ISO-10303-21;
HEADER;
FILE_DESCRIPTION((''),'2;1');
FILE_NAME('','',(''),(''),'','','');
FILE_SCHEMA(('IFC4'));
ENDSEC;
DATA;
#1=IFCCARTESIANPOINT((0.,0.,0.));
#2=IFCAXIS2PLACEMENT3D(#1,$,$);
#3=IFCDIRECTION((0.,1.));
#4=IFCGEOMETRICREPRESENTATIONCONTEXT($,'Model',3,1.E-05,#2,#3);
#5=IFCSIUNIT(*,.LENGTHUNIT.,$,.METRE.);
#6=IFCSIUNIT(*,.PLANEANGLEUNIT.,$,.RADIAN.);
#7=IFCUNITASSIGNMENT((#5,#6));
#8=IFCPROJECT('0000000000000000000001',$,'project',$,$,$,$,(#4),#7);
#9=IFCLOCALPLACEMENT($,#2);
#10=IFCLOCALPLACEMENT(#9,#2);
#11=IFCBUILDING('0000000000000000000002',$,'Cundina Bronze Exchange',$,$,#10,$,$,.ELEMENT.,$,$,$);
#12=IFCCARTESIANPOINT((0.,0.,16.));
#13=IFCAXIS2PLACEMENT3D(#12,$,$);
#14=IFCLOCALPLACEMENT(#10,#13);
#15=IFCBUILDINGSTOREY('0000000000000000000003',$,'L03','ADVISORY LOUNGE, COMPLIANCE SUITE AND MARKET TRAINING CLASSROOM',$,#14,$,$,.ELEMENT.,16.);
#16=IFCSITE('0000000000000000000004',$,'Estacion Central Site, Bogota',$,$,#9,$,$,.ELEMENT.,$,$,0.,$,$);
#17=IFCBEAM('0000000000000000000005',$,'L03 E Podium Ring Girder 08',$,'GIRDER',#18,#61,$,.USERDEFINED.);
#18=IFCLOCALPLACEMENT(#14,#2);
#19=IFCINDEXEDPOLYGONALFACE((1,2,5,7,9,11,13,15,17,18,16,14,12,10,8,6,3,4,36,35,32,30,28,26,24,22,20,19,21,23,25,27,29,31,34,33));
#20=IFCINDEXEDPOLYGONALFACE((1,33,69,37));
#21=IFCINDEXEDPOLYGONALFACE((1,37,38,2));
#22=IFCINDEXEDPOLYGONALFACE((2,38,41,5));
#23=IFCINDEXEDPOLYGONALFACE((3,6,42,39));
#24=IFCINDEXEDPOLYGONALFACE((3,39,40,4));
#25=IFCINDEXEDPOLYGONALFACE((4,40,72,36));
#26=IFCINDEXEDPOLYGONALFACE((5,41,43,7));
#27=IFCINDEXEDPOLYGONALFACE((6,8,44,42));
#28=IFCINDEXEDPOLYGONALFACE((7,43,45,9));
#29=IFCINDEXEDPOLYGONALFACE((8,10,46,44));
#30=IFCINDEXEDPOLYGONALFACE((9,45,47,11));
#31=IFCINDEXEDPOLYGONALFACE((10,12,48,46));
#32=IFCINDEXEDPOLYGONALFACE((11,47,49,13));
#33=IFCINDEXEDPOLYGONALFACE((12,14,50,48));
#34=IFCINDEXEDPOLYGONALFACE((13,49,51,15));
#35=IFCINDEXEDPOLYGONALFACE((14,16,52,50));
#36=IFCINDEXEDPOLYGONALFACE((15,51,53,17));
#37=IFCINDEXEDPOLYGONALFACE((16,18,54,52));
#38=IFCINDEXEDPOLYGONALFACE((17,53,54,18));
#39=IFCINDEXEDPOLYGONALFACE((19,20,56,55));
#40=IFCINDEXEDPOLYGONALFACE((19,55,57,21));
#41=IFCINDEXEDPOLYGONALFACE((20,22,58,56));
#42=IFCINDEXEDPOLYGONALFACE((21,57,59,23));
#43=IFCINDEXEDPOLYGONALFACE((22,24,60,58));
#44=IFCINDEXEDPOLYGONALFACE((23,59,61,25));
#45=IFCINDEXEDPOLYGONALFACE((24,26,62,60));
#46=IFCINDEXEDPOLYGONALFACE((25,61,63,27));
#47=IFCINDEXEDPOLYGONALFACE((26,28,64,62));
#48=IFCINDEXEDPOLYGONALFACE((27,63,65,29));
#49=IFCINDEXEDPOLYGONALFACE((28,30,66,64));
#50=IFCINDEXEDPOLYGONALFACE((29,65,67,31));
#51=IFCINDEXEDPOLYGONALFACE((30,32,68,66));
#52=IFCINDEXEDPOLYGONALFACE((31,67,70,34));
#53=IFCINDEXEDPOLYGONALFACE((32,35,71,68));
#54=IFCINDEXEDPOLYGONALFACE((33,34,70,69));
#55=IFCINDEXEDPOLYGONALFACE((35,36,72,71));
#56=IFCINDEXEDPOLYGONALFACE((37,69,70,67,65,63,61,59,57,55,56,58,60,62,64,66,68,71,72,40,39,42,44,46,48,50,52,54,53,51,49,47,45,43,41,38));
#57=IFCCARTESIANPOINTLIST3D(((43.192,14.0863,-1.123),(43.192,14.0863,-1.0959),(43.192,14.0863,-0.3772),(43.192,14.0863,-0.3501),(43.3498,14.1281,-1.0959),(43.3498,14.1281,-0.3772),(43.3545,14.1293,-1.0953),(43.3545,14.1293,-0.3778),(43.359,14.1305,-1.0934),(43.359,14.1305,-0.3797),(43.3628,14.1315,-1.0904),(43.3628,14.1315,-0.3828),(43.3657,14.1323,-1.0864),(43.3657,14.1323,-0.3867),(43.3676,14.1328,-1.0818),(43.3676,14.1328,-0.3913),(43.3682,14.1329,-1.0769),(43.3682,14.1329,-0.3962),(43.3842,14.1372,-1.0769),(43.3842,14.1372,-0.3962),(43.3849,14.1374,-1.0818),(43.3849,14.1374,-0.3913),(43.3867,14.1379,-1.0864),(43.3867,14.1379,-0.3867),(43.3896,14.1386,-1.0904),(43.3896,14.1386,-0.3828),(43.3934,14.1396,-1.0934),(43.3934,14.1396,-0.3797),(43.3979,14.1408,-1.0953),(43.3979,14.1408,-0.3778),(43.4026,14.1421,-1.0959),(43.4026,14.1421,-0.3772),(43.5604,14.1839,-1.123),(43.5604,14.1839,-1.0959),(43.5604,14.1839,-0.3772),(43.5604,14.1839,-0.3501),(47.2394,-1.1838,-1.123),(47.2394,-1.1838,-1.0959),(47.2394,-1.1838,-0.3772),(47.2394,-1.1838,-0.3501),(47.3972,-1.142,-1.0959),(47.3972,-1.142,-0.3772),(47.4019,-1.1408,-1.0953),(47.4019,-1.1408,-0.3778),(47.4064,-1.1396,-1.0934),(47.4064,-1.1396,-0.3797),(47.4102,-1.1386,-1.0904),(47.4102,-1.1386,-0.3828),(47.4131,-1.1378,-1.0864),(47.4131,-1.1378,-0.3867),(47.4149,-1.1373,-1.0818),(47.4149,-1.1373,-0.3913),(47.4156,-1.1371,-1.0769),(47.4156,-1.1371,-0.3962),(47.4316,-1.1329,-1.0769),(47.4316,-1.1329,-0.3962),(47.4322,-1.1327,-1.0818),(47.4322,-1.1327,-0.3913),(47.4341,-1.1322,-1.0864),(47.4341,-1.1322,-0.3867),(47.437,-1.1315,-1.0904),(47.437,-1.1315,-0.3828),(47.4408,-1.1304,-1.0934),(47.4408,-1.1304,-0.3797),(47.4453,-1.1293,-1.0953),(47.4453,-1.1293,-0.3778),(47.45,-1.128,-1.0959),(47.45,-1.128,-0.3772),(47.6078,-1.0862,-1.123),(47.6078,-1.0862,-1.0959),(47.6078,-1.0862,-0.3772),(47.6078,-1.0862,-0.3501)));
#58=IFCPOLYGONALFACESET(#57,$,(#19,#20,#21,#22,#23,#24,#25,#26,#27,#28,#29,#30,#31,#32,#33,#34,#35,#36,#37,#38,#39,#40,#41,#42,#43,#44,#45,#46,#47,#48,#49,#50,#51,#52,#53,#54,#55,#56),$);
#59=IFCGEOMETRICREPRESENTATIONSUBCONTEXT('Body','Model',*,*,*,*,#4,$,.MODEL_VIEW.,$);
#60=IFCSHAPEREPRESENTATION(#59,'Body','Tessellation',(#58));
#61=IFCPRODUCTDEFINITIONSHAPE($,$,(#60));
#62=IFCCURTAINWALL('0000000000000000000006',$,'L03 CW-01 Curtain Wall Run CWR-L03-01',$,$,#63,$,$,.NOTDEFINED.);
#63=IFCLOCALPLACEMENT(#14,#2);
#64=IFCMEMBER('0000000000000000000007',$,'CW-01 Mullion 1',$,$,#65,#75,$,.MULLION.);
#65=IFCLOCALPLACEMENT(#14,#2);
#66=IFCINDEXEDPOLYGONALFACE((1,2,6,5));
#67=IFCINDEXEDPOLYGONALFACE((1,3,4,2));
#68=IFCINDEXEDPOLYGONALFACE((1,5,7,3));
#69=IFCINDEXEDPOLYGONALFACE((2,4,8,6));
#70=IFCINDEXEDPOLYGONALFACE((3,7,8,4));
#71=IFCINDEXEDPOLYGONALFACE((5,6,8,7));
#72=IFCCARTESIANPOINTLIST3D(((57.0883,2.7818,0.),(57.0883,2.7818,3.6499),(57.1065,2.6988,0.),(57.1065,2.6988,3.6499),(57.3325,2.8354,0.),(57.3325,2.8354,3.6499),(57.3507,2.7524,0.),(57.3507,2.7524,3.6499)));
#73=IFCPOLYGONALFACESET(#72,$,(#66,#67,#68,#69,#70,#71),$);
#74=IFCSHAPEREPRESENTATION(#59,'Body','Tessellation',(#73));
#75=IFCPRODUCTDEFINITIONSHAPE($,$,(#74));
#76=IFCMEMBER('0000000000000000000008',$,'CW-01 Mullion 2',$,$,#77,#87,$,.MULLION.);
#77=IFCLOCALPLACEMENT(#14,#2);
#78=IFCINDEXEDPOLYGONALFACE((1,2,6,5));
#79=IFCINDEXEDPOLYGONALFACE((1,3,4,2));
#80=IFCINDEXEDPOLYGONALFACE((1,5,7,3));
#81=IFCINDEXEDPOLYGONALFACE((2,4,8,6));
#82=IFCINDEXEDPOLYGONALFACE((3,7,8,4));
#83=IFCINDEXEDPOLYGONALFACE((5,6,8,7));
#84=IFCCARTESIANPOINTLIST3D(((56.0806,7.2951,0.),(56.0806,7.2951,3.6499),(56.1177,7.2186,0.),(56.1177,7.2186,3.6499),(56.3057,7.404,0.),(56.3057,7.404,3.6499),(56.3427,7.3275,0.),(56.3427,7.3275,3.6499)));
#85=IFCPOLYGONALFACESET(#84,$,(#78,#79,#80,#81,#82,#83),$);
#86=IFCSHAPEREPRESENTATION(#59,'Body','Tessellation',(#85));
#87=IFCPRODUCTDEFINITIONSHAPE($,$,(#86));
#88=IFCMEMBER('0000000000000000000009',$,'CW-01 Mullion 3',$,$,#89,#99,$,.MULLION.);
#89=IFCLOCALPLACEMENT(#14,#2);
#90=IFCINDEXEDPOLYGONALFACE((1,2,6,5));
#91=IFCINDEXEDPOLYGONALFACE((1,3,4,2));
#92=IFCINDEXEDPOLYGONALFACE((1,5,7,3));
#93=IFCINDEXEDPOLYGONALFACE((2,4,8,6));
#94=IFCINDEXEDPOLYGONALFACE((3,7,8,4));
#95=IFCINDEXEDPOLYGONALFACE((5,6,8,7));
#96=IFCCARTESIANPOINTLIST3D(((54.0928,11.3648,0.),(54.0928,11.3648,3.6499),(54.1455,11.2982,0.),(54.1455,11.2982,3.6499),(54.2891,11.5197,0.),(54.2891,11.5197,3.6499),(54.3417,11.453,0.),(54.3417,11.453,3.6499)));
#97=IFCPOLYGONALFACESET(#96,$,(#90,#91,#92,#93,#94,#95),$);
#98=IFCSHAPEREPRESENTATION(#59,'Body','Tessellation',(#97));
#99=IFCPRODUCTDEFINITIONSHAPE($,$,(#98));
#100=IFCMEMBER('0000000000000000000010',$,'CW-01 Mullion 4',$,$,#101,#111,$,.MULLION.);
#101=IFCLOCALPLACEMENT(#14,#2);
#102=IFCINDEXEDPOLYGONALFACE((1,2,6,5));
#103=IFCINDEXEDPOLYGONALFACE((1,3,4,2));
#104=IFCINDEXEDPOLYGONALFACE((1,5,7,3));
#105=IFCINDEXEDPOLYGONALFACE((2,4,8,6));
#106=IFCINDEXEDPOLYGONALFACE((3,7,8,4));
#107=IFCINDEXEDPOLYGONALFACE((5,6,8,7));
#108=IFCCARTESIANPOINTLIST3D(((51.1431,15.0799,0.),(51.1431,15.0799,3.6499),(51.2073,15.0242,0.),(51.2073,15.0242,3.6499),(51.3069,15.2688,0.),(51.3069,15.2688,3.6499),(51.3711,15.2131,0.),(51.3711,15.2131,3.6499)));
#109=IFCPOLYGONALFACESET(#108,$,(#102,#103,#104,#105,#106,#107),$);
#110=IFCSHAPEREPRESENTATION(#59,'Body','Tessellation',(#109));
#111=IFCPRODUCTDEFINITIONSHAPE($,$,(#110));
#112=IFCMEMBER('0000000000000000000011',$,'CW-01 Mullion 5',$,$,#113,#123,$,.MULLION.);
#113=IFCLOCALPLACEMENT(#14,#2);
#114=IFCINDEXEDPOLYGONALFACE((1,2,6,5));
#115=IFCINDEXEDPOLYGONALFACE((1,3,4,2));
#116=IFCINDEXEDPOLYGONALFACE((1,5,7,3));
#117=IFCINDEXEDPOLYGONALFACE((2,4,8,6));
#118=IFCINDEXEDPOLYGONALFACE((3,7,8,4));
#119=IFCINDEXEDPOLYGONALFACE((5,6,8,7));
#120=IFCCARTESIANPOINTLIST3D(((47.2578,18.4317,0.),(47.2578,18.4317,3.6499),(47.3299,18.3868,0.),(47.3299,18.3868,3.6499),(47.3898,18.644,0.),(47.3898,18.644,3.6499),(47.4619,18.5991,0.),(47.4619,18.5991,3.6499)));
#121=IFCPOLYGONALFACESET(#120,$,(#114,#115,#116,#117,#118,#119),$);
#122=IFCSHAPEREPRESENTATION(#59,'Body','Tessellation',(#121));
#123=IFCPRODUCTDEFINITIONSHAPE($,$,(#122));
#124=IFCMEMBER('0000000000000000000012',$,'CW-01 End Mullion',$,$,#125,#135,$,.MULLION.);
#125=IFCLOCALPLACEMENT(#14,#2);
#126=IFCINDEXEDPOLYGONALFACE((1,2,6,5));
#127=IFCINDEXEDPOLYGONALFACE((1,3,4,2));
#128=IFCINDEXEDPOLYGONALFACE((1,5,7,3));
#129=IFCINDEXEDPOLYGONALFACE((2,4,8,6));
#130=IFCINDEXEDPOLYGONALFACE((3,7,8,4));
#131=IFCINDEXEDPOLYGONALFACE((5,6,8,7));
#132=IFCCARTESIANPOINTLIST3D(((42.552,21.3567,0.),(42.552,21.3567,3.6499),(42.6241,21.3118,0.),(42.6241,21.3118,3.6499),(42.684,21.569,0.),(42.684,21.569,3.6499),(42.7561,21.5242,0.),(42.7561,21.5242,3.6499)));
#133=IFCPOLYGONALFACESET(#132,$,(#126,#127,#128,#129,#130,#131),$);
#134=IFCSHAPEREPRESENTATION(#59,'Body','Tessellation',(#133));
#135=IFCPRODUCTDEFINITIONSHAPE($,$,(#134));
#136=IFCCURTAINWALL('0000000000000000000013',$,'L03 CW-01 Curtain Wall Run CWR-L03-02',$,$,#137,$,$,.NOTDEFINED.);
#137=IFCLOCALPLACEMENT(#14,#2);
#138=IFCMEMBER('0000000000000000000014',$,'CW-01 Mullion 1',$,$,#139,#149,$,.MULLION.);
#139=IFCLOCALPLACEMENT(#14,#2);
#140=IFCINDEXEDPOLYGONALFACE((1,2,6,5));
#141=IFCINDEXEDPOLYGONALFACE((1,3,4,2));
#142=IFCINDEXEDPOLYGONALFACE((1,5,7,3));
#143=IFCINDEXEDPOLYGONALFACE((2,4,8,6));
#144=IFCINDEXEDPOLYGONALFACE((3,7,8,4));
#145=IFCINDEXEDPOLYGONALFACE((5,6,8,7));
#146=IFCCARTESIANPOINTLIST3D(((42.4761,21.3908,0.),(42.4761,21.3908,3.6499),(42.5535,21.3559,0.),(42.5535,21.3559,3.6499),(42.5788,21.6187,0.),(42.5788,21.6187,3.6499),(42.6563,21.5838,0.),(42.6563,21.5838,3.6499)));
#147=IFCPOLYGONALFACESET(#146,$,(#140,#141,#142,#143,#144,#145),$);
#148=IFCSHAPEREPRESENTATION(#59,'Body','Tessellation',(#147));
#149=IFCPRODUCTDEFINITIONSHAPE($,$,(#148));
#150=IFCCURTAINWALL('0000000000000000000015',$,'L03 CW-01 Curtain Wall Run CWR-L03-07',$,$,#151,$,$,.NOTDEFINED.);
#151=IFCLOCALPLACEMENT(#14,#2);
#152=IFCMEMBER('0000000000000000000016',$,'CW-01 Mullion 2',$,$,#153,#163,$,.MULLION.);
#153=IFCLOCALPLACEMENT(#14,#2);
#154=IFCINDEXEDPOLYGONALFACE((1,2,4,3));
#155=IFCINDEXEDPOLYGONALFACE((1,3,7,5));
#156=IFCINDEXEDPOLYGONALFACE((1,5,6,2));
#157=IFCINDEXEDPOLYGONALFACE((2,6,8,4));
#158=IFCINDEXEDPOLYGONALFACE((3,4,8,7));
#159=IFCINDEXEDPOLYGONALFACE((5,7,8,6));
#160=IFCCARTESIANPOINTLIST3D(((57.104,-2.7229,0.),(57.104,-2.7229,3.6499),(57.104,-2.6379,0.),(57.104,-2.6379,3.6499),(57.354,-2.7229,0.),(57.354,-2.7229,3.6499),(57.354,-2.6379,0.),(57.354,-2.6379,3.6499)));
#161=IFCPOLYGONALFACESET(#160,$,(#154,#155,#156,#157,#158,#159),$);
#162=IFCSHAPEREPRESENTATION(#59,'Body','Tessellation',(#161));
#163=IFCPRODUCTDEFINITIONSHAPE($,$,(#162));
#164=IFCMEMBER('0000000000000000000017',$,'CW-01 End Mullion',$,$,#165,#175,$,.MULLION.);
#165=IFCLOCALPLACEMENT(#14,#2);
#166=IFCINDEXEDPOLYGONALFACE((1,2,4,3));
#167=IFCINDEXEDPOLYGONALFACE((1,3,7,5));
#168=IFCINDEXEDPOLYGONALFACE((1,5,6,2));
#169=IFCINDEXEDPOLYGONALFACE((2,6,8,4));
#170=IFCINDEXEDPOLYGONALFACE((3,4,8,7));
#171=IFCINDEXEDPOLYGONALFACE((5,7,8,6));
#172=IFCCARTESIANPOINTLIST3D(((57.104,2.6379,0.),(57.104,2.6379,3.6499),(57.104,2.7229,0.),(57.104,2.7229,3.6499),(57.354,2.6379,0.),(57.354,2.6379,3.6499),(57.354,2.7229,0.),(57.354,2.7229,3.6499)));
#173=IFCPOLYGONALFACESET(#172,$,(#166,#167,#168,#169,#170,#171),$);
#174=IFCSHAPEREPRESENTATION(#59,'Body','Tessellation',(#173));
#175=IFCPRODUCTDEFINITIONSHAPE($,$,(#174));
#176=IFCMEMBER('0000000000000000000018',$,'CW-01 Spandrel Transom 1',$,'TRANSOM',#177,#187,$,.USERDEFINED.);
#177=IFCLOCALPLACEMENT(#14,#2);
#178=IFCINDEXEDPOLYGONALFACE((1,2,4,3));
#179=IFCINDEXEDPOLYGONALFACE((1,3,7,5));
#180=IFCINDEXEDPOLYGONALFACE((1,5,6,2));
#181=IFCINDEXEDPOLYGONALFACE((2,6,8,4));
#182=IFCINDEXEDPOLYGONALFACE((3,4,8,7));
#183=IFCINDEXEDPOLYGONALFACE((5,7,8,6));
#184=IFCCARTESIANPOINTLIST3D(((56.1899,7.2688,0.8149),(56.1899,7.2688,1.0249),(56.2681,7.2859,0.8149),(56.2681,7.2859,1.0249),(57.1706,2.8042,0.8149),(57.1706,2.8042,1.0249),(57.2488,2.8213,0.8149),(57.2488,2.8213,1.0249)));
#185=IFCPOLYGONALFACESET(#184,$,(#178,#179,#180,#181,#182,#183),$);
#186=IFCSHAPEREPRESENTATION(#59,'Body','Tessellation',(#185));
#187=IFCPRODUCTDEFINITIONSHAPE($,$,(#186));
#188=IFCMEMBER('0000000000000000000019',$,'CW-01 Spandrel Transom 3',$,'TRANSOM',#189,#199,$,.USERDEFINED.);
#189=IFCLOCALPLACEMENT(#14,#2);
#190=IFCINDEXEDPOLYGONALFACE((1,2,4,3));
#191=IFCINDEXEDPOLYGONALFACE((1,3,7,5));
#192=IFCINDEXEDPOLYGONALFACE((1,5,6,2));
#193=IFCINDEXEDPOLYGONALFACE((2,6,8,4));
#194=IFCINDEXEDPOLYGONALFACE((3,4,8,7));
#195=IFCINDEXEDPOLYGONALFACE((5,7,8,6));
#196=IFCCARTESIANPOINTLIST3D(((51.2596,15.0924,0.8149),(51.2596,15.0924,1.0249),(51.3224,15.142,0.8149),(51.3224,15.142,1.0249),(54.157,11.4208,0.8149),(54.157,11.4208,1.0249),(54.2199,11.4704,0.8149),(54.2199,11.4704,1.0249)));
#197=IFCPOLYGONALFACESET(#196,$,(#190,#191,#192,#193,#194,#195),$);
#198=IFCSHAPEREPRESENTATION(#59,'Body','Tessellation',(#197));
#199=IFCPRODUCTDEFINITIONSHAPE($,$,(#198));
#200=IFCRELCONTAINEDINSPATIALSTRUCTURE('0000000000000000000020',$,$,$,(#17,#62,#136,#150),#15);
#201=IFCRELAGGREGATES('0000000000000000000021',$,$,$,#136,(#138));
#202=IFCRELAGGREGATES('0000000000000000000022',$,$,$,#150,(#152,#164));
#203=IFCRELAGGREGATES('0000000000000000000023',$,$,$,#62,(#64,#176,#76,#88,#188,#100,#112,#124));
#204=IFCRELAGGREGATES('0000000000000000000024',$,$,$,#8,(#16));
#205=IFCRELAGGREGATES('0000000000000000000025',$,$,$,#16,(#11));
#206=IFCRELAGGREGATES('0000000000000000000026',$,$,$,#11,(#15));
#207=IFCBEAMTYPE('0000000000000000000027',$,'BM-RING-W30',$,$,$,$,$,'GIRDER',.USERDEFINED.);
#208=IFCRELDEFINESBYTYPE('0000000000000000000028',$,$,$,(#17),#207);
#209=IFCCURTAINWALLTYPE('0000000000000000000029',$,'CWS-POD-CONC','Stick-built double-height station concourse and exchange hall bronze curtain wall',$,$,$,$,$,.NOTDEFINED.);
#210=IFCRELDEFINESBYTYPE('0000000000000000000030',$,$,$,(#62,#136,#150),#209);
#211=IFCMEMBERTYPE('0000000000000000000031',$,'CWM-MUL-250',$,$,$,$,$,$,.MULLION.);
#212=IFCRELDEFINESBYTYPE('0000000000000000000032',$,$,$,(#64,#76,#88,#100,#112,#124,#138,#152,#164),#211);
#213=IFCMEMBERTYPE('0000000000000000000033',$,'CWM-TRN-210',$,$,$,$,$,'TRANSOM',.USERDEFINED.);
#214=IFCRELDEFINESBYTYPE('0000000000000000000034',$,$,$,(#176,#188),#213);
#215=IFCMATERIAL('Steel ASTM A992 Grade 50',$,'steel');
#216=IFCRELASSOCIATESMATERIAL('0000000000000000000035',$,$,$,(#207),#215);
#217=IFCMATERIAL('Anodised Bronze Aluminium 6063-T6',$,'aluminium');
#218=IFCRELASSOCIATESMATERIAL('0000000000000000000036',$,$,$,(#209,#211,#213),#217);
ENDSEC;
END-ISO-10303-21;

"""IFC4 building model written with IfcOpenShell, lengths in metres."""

from ifc_helpers import new_model, si_unit, direction, frame, origin, origin_2d, place, context, subcontext, project, spatial, rectangle, i_section, extrude, material, material_profile, profile_set, type_object, element, aggregate, save


model = new_model("IFC4")

# Units and contexts
model_context = context("Model", 3, precision=1e-05, world=origin(), true_north=direction((0.0, 1.0)))
body_context = subcontext(model_context, "Body", "Model", "MODEL_VIEW")
ifc_project = project(units=[si_unit("LENGTHUNIT", "METRE"), si_unit("PLANEANGLEUNIT", "RADIAN")], contexts=[model_context])

# Site, building, storey
site_placement = place(None, origin())
site = spatial("IfcSite", under=ifc_project, at=site_placement, Name="Estacion Central Site, Bogota", CompositionType="ELEMENT", RefElevation=0.0)
building_placement = place(site_placement, origin())
building = spatial("IfcBuilding", under=site, at=building_placement, Name="Cundina Bronze Exchange", CompositionType="ELEMENT")
storey_placement = place(building_placement, frame((0.0, 0.0, 16.0)))
storey = spatial("IfcBuildingStorey", under=building, at=storey_placement, Name="L03", Description="ADVISORY LOUNGE, COMPLIANCE SUITE AND MARKET TRAINING CLASSROOM", CompositionType="ELEMENT", Elevation=16.0)

# Beam
ifc_material_1 = material(Name="Steel ASTM A992 Grade 50", Category="steel")
ifc_material_profile_1 = material_profile(ifc_material_1, i_section(OverallWidth=0.3811, OverallDepth=0.7729, WebThickness=0.0166, FlangeThickness=0.0271, FilletRadius=0.019, at=origin_2d()), Name="W30X173", Category="steel")
ifc_profile_set_1 = profile_set([ifc_material_profile_1], Name="Steel ASTM A992 Grade 50")
beam_type = type_object("IfcBeamType", Name="BM-RING-W30", ElementType="GIRDER", PredefinedType="USERDEFINED", material=ifc_profile_set_1)
beam_1_placement = place(storey_placement, frame((47.4236, -1.135, -0.7366), z_axis=(-0.256206, 0.966622, 0.0), x_axis=(-0.966622, -0.256206, 0.0)))
element("IfcBeam", 1, at=beam_1_placement, inside=storey, type_object=beam_type, Name="L03 E Podium Ring Girder 08", ObjectType="GIRDER", PredefinedType="USERDEFINED", context=body_context, shape_type="SweptSolid", body=[
    extrude(i_section(OverallWidth=0.3811, OverallDepth=0.7729, WebThickness=0.0166, FlangeThickness=0.0271, FilletRadius=0.019, at=origin_2d()), origin(), (0.0, 0.0, 1.0), 15.7974),
])

# Curtain wall, members
ifc_material_2 = material(Name="Anodised Bronze Aluminium 6063-T6", Category="aluminium")
curtain_wall_type = type_object("IfcCurtainWallType", Name="CWS-POD-CONC", Description="Stick-built double-height station concourse and exchange hall bronze curtain wall", PredefinedType="NOTDEFINED", material=ifc_material_2)
curtain_wall_1_placement = place(storey_placement, origin())
curtain_wall_1 = element("IfcCurtainWall", 2, at=curtain_wall_1_placement, inside=storey, type_object=curtain_wall_type, Name="L03 CW-01 Curtain Wall Run CWR-L03-01", PredefinedType="NOTDEFINED")
ifc_material_profile_2 = material_profile(ifc_material_2, rectangle(XDim=0.085, YDim=0.25, at=origin_2d()), Name="AL85X250", Category="aluminium")
ifc_profile_set_2 = profile_set([ifc_material_profile_2], Name="Anodised Bronze Aluminium 6063-T6")
member_type_1 = type_object("IfcMemberType", Name="CWM-MUL-250", PredefinedType="MULLION", material=ifc_profile_set_2)
member_1_placement = place(storey_placement, frame((57.2195, 2.7671, 0.0), z_axis=(0.0, 0.0, 1.0), x_axis=(-0.214565, 0.97671, 0.0)))
member_1 = element("IfcMember", 3, at=member_1_placement, type_object=member_type_1, Name="CW-01 Mullion 1", PredefinedType="MULLION", context=body_context, shape_type="SweptSolid", body=[
    extrude(rectangle(XDim=0.085, YDim=0.25, at=origin_2d()), origin(), (0.0, 0.0, 1.0), 3.6499),
])
member_2_placement = place(storey_placement, frame((56.2117, 7.3113, 0.0), z_axis=(0.0, 0.0, 1.0), x_axis=(-0.435702, 0.900091, 0.0)))
member_2 = element("IfcMember", 4, at=member_2_placement, type_object=member_type_1, Name="CW-01 Mullion 2", PredefinedType="MULLION", context=body_context, shape_type="SweptSolid", body=[
    extrude(rectangle(XDim=0.085, YDim=0.25, at=origin_2d()), origin(), (0.0, 0.0, 1.0), 3.6499),
])
member_3_placement = place(storey_placement, frame((54.2173, 11.4089, 0.0), z_axis=(0.0, 0.0, 1.0), x_axis=(-0.619505, 0.784993, 0.0)))
member_3 = element("IfcMember", 5, at=member_3_placement, type_object=member_type_1, Name="CW-01 Mullion 3", PredefinedType="MULLION", context=body_context, shape_type="SweptSolid", body=[
    extrude(rectangle(XDim=0.085, YDim=0.25, at=origin_2d()), origin(), (0.0, 0.0, 1.0), 3.6499),
])
member_4_placement = place(storey_placement, frame((51.2571, 15.1465, 0.0), z_axis=(0.0, 0.0, 1.0), x_axis=(-0.755511, 0.655136, 0.0)))
member_4 = element("IfcMember", 6, at=member_4_placement, type_object=member_type_1, Name="CW-01 Mullion 4", PredefinedType="MULLION", context=body_context, shape_type="SweptSolid", body=[
    extrude(rectangle(XDim=0.085, YDim=0.25, at=origin_2d()), origin(), (0.0, 0.0, 1.0), 3.6499),
])
member_5_placement = place(storey_placement, frame((47.3599, 18.5154, 0.0), z_axis=(0.0, 0.0, 1.0), x_axis=(-0.849248, 0.527994, 0.0)))
member_5 = element("IfcMember", 7, at=member_5_placement, type_object=member_type_1, Name="CW-01 Mullion 5", PredefinedType="MULLION", context=body_context, shape_type="SweptSolid", body=[
    extrude(rectangle(XDim=0.085, YDim=0.25, at=origin_2d()), origin(), (0.0, 0.0, 1.0), 3.6499),
])
member_6_placement = place(storey_placement, frame((42.6541, 21.4404, 0.0), z_axis=(0.0, 0.0, 1.0), x_axis=(-0.849248, 0.527994, 0.0)))
member_6 = element("IfcMember", 8, at=member_6_placement, type_object=member_type_1, Name="CW-01 End Mullion", PredefinedType="MULLION", context=body_context, shape_type="SweptSolid", body=[
    extrude(rectangle(XDim=0.085, YDim=0.25, at=origin_2d()), origin(), (0.0, 0.0, 1.0), 3.6499),
])

# Curtain wall, member
curtain_wall_2_placement = place(storey_placement, origin())
curtain_wall_2 = element("IfcCurtainWall", 9, at=curtain_wall_2_placement, inside=storey, type_object=curtain_wall_type, Name="L03 CW-01 Curtain Wall Run CWR-L03-02", PredefinedType="NOTDEFINED")
member_7_placement = place(storey_placement, frame((42.5662, 21.4873, 0.0), z_axis=(0.0, 0.0, 1.0), x_axis=(-0.911619, 0.411037, 0.0)))
member_7 = element("IfcMember", 10, at=member_7_placement, type_object=member_type_1, Name="CW-01 Mullion 1", PredefinedType="MULLION", context=body_context, shape_type="SweptSolid", body=[
    extrude(rectangle(XDim=0.085, YDim=0.25, at=origin_2d()), origin(), (0.0, 0.0, 1.0), 3.6499),
])
aggregate(curtain_wall_2, [member_7])

# Curtain wall, members
curtain_wall_3_placement = place(storey_placement, origin())
curtain_wall_3 = element("IfcCurtainWall", 11, at=curtain_wall_3_placement, inside=storey, type_object=curtain_wall_type, Name="L03 CW-01 Curtain Wall Run CWR-L03-07", PredefinedType="NOTDEFINED")
member_8_placement = place(storey_placement, frame((57.229, -2.6804, 0.0), z_axis=(0.0, 0.0, 1.0), x_axis=(0.0, 1.0, 0.0)))
member_8 = element("IfcMember", 12, at=member_8_placement, type_object=member_type_1, Name="CW-01 Mullion 2", PredefinedType="MULLION", context=body_context, shape_type="SweptSolid", body=[
    extrude(rectangle(XDim=0.085, YDim=0.25, at=origin_2d()), origin(), (0.0, 0.0, 1.0), 3.6499),
])
member_9_placement = place(storey_placement, frame((57.229, 2.6804, 0.0), z_axis=(0.0, 0.0, 1.0), x_axis=(0.0, 1.0, 0.0)))
member_9 = element("IfcMember", 13, at=member_9_placement, type_object=member_type_1, Name="CW-01 End Mullion", PredefinedType="MULLION", context=body_context, shape_type="SweptSolid", body=[
    extrude(rectangle(XDim=0.085, YDim=0.25, at=origin_2d()), origin(), (0.0, 0.0, 1.0), 3.6499),
])

# Members
ifc_material_profile_3 = material_profile(ifc_material_2, rectangle(XDim=0.0801, YDim=0.21, at=origin_2d()), Name="AL80X210", Category="aluminium")
ifc_profile_set_3 = profile_set([ifc_material_profile_3], Name="Anodised Bronze Aluminium 6063-T6")
member_type_2 = type_object("IfcMemberType", Name="CWM-TRN-210", ElementType="TRANSOM", PredefinedType="USERDEFINED", material=ifc_profile_set_3)
member_10_placement = place(storey_placement, frame((57.2097, 2.8127, 0.9199), z_axis=(-0.214549, 0.976713, 0.0), x_axis=(-0.976713, -0.214549, 0.0)))
member_10 = element("IfcMember", 14, at=member_10_placement, type_object=member_type_2, Name="CW-01 Spandrel Transom 1", ObjectType="TRANSOM", PredefinedType="USERDEFINED", context=body_context, shape_type="SweptSolid", body=[
    extrude(rectangle(XDim=0.0801, YDim=0.21, at=origin_2d()), origin(), (0.0, 0.0, 1.0), 4.571),
])
member_11_placement = place(storey_placement, frame((54.1885, 11.4456, 0.9199), z_axis=(-0.619487, 0.785007, 0.0), x_axis=(-0.785007, -0.619487, 0.0)))
member_11 = element("IfcMember", 15, at=member_11_placement, type_object=member_type_2, Name="CW-01 Spandrel Transom 3", ObjectType="TRANSOM", PredefinedType="USERDEFINED", context=body_context, shape_type="SweptSolid", body=[
    extrude(rectangle(XDim=0.0801, YDim=0.21, at=origin_2d()), origin(), (0.0, 0.0, 1.0), 4.6772),
])

aggregate(curtain_wall_3, [member_8, member_9])
aggregate(curtain_wall_1, [member_1, member_10, member_2, member_3, member_11, member_4, member_5, member_6])

save(model, "model.ifc")
